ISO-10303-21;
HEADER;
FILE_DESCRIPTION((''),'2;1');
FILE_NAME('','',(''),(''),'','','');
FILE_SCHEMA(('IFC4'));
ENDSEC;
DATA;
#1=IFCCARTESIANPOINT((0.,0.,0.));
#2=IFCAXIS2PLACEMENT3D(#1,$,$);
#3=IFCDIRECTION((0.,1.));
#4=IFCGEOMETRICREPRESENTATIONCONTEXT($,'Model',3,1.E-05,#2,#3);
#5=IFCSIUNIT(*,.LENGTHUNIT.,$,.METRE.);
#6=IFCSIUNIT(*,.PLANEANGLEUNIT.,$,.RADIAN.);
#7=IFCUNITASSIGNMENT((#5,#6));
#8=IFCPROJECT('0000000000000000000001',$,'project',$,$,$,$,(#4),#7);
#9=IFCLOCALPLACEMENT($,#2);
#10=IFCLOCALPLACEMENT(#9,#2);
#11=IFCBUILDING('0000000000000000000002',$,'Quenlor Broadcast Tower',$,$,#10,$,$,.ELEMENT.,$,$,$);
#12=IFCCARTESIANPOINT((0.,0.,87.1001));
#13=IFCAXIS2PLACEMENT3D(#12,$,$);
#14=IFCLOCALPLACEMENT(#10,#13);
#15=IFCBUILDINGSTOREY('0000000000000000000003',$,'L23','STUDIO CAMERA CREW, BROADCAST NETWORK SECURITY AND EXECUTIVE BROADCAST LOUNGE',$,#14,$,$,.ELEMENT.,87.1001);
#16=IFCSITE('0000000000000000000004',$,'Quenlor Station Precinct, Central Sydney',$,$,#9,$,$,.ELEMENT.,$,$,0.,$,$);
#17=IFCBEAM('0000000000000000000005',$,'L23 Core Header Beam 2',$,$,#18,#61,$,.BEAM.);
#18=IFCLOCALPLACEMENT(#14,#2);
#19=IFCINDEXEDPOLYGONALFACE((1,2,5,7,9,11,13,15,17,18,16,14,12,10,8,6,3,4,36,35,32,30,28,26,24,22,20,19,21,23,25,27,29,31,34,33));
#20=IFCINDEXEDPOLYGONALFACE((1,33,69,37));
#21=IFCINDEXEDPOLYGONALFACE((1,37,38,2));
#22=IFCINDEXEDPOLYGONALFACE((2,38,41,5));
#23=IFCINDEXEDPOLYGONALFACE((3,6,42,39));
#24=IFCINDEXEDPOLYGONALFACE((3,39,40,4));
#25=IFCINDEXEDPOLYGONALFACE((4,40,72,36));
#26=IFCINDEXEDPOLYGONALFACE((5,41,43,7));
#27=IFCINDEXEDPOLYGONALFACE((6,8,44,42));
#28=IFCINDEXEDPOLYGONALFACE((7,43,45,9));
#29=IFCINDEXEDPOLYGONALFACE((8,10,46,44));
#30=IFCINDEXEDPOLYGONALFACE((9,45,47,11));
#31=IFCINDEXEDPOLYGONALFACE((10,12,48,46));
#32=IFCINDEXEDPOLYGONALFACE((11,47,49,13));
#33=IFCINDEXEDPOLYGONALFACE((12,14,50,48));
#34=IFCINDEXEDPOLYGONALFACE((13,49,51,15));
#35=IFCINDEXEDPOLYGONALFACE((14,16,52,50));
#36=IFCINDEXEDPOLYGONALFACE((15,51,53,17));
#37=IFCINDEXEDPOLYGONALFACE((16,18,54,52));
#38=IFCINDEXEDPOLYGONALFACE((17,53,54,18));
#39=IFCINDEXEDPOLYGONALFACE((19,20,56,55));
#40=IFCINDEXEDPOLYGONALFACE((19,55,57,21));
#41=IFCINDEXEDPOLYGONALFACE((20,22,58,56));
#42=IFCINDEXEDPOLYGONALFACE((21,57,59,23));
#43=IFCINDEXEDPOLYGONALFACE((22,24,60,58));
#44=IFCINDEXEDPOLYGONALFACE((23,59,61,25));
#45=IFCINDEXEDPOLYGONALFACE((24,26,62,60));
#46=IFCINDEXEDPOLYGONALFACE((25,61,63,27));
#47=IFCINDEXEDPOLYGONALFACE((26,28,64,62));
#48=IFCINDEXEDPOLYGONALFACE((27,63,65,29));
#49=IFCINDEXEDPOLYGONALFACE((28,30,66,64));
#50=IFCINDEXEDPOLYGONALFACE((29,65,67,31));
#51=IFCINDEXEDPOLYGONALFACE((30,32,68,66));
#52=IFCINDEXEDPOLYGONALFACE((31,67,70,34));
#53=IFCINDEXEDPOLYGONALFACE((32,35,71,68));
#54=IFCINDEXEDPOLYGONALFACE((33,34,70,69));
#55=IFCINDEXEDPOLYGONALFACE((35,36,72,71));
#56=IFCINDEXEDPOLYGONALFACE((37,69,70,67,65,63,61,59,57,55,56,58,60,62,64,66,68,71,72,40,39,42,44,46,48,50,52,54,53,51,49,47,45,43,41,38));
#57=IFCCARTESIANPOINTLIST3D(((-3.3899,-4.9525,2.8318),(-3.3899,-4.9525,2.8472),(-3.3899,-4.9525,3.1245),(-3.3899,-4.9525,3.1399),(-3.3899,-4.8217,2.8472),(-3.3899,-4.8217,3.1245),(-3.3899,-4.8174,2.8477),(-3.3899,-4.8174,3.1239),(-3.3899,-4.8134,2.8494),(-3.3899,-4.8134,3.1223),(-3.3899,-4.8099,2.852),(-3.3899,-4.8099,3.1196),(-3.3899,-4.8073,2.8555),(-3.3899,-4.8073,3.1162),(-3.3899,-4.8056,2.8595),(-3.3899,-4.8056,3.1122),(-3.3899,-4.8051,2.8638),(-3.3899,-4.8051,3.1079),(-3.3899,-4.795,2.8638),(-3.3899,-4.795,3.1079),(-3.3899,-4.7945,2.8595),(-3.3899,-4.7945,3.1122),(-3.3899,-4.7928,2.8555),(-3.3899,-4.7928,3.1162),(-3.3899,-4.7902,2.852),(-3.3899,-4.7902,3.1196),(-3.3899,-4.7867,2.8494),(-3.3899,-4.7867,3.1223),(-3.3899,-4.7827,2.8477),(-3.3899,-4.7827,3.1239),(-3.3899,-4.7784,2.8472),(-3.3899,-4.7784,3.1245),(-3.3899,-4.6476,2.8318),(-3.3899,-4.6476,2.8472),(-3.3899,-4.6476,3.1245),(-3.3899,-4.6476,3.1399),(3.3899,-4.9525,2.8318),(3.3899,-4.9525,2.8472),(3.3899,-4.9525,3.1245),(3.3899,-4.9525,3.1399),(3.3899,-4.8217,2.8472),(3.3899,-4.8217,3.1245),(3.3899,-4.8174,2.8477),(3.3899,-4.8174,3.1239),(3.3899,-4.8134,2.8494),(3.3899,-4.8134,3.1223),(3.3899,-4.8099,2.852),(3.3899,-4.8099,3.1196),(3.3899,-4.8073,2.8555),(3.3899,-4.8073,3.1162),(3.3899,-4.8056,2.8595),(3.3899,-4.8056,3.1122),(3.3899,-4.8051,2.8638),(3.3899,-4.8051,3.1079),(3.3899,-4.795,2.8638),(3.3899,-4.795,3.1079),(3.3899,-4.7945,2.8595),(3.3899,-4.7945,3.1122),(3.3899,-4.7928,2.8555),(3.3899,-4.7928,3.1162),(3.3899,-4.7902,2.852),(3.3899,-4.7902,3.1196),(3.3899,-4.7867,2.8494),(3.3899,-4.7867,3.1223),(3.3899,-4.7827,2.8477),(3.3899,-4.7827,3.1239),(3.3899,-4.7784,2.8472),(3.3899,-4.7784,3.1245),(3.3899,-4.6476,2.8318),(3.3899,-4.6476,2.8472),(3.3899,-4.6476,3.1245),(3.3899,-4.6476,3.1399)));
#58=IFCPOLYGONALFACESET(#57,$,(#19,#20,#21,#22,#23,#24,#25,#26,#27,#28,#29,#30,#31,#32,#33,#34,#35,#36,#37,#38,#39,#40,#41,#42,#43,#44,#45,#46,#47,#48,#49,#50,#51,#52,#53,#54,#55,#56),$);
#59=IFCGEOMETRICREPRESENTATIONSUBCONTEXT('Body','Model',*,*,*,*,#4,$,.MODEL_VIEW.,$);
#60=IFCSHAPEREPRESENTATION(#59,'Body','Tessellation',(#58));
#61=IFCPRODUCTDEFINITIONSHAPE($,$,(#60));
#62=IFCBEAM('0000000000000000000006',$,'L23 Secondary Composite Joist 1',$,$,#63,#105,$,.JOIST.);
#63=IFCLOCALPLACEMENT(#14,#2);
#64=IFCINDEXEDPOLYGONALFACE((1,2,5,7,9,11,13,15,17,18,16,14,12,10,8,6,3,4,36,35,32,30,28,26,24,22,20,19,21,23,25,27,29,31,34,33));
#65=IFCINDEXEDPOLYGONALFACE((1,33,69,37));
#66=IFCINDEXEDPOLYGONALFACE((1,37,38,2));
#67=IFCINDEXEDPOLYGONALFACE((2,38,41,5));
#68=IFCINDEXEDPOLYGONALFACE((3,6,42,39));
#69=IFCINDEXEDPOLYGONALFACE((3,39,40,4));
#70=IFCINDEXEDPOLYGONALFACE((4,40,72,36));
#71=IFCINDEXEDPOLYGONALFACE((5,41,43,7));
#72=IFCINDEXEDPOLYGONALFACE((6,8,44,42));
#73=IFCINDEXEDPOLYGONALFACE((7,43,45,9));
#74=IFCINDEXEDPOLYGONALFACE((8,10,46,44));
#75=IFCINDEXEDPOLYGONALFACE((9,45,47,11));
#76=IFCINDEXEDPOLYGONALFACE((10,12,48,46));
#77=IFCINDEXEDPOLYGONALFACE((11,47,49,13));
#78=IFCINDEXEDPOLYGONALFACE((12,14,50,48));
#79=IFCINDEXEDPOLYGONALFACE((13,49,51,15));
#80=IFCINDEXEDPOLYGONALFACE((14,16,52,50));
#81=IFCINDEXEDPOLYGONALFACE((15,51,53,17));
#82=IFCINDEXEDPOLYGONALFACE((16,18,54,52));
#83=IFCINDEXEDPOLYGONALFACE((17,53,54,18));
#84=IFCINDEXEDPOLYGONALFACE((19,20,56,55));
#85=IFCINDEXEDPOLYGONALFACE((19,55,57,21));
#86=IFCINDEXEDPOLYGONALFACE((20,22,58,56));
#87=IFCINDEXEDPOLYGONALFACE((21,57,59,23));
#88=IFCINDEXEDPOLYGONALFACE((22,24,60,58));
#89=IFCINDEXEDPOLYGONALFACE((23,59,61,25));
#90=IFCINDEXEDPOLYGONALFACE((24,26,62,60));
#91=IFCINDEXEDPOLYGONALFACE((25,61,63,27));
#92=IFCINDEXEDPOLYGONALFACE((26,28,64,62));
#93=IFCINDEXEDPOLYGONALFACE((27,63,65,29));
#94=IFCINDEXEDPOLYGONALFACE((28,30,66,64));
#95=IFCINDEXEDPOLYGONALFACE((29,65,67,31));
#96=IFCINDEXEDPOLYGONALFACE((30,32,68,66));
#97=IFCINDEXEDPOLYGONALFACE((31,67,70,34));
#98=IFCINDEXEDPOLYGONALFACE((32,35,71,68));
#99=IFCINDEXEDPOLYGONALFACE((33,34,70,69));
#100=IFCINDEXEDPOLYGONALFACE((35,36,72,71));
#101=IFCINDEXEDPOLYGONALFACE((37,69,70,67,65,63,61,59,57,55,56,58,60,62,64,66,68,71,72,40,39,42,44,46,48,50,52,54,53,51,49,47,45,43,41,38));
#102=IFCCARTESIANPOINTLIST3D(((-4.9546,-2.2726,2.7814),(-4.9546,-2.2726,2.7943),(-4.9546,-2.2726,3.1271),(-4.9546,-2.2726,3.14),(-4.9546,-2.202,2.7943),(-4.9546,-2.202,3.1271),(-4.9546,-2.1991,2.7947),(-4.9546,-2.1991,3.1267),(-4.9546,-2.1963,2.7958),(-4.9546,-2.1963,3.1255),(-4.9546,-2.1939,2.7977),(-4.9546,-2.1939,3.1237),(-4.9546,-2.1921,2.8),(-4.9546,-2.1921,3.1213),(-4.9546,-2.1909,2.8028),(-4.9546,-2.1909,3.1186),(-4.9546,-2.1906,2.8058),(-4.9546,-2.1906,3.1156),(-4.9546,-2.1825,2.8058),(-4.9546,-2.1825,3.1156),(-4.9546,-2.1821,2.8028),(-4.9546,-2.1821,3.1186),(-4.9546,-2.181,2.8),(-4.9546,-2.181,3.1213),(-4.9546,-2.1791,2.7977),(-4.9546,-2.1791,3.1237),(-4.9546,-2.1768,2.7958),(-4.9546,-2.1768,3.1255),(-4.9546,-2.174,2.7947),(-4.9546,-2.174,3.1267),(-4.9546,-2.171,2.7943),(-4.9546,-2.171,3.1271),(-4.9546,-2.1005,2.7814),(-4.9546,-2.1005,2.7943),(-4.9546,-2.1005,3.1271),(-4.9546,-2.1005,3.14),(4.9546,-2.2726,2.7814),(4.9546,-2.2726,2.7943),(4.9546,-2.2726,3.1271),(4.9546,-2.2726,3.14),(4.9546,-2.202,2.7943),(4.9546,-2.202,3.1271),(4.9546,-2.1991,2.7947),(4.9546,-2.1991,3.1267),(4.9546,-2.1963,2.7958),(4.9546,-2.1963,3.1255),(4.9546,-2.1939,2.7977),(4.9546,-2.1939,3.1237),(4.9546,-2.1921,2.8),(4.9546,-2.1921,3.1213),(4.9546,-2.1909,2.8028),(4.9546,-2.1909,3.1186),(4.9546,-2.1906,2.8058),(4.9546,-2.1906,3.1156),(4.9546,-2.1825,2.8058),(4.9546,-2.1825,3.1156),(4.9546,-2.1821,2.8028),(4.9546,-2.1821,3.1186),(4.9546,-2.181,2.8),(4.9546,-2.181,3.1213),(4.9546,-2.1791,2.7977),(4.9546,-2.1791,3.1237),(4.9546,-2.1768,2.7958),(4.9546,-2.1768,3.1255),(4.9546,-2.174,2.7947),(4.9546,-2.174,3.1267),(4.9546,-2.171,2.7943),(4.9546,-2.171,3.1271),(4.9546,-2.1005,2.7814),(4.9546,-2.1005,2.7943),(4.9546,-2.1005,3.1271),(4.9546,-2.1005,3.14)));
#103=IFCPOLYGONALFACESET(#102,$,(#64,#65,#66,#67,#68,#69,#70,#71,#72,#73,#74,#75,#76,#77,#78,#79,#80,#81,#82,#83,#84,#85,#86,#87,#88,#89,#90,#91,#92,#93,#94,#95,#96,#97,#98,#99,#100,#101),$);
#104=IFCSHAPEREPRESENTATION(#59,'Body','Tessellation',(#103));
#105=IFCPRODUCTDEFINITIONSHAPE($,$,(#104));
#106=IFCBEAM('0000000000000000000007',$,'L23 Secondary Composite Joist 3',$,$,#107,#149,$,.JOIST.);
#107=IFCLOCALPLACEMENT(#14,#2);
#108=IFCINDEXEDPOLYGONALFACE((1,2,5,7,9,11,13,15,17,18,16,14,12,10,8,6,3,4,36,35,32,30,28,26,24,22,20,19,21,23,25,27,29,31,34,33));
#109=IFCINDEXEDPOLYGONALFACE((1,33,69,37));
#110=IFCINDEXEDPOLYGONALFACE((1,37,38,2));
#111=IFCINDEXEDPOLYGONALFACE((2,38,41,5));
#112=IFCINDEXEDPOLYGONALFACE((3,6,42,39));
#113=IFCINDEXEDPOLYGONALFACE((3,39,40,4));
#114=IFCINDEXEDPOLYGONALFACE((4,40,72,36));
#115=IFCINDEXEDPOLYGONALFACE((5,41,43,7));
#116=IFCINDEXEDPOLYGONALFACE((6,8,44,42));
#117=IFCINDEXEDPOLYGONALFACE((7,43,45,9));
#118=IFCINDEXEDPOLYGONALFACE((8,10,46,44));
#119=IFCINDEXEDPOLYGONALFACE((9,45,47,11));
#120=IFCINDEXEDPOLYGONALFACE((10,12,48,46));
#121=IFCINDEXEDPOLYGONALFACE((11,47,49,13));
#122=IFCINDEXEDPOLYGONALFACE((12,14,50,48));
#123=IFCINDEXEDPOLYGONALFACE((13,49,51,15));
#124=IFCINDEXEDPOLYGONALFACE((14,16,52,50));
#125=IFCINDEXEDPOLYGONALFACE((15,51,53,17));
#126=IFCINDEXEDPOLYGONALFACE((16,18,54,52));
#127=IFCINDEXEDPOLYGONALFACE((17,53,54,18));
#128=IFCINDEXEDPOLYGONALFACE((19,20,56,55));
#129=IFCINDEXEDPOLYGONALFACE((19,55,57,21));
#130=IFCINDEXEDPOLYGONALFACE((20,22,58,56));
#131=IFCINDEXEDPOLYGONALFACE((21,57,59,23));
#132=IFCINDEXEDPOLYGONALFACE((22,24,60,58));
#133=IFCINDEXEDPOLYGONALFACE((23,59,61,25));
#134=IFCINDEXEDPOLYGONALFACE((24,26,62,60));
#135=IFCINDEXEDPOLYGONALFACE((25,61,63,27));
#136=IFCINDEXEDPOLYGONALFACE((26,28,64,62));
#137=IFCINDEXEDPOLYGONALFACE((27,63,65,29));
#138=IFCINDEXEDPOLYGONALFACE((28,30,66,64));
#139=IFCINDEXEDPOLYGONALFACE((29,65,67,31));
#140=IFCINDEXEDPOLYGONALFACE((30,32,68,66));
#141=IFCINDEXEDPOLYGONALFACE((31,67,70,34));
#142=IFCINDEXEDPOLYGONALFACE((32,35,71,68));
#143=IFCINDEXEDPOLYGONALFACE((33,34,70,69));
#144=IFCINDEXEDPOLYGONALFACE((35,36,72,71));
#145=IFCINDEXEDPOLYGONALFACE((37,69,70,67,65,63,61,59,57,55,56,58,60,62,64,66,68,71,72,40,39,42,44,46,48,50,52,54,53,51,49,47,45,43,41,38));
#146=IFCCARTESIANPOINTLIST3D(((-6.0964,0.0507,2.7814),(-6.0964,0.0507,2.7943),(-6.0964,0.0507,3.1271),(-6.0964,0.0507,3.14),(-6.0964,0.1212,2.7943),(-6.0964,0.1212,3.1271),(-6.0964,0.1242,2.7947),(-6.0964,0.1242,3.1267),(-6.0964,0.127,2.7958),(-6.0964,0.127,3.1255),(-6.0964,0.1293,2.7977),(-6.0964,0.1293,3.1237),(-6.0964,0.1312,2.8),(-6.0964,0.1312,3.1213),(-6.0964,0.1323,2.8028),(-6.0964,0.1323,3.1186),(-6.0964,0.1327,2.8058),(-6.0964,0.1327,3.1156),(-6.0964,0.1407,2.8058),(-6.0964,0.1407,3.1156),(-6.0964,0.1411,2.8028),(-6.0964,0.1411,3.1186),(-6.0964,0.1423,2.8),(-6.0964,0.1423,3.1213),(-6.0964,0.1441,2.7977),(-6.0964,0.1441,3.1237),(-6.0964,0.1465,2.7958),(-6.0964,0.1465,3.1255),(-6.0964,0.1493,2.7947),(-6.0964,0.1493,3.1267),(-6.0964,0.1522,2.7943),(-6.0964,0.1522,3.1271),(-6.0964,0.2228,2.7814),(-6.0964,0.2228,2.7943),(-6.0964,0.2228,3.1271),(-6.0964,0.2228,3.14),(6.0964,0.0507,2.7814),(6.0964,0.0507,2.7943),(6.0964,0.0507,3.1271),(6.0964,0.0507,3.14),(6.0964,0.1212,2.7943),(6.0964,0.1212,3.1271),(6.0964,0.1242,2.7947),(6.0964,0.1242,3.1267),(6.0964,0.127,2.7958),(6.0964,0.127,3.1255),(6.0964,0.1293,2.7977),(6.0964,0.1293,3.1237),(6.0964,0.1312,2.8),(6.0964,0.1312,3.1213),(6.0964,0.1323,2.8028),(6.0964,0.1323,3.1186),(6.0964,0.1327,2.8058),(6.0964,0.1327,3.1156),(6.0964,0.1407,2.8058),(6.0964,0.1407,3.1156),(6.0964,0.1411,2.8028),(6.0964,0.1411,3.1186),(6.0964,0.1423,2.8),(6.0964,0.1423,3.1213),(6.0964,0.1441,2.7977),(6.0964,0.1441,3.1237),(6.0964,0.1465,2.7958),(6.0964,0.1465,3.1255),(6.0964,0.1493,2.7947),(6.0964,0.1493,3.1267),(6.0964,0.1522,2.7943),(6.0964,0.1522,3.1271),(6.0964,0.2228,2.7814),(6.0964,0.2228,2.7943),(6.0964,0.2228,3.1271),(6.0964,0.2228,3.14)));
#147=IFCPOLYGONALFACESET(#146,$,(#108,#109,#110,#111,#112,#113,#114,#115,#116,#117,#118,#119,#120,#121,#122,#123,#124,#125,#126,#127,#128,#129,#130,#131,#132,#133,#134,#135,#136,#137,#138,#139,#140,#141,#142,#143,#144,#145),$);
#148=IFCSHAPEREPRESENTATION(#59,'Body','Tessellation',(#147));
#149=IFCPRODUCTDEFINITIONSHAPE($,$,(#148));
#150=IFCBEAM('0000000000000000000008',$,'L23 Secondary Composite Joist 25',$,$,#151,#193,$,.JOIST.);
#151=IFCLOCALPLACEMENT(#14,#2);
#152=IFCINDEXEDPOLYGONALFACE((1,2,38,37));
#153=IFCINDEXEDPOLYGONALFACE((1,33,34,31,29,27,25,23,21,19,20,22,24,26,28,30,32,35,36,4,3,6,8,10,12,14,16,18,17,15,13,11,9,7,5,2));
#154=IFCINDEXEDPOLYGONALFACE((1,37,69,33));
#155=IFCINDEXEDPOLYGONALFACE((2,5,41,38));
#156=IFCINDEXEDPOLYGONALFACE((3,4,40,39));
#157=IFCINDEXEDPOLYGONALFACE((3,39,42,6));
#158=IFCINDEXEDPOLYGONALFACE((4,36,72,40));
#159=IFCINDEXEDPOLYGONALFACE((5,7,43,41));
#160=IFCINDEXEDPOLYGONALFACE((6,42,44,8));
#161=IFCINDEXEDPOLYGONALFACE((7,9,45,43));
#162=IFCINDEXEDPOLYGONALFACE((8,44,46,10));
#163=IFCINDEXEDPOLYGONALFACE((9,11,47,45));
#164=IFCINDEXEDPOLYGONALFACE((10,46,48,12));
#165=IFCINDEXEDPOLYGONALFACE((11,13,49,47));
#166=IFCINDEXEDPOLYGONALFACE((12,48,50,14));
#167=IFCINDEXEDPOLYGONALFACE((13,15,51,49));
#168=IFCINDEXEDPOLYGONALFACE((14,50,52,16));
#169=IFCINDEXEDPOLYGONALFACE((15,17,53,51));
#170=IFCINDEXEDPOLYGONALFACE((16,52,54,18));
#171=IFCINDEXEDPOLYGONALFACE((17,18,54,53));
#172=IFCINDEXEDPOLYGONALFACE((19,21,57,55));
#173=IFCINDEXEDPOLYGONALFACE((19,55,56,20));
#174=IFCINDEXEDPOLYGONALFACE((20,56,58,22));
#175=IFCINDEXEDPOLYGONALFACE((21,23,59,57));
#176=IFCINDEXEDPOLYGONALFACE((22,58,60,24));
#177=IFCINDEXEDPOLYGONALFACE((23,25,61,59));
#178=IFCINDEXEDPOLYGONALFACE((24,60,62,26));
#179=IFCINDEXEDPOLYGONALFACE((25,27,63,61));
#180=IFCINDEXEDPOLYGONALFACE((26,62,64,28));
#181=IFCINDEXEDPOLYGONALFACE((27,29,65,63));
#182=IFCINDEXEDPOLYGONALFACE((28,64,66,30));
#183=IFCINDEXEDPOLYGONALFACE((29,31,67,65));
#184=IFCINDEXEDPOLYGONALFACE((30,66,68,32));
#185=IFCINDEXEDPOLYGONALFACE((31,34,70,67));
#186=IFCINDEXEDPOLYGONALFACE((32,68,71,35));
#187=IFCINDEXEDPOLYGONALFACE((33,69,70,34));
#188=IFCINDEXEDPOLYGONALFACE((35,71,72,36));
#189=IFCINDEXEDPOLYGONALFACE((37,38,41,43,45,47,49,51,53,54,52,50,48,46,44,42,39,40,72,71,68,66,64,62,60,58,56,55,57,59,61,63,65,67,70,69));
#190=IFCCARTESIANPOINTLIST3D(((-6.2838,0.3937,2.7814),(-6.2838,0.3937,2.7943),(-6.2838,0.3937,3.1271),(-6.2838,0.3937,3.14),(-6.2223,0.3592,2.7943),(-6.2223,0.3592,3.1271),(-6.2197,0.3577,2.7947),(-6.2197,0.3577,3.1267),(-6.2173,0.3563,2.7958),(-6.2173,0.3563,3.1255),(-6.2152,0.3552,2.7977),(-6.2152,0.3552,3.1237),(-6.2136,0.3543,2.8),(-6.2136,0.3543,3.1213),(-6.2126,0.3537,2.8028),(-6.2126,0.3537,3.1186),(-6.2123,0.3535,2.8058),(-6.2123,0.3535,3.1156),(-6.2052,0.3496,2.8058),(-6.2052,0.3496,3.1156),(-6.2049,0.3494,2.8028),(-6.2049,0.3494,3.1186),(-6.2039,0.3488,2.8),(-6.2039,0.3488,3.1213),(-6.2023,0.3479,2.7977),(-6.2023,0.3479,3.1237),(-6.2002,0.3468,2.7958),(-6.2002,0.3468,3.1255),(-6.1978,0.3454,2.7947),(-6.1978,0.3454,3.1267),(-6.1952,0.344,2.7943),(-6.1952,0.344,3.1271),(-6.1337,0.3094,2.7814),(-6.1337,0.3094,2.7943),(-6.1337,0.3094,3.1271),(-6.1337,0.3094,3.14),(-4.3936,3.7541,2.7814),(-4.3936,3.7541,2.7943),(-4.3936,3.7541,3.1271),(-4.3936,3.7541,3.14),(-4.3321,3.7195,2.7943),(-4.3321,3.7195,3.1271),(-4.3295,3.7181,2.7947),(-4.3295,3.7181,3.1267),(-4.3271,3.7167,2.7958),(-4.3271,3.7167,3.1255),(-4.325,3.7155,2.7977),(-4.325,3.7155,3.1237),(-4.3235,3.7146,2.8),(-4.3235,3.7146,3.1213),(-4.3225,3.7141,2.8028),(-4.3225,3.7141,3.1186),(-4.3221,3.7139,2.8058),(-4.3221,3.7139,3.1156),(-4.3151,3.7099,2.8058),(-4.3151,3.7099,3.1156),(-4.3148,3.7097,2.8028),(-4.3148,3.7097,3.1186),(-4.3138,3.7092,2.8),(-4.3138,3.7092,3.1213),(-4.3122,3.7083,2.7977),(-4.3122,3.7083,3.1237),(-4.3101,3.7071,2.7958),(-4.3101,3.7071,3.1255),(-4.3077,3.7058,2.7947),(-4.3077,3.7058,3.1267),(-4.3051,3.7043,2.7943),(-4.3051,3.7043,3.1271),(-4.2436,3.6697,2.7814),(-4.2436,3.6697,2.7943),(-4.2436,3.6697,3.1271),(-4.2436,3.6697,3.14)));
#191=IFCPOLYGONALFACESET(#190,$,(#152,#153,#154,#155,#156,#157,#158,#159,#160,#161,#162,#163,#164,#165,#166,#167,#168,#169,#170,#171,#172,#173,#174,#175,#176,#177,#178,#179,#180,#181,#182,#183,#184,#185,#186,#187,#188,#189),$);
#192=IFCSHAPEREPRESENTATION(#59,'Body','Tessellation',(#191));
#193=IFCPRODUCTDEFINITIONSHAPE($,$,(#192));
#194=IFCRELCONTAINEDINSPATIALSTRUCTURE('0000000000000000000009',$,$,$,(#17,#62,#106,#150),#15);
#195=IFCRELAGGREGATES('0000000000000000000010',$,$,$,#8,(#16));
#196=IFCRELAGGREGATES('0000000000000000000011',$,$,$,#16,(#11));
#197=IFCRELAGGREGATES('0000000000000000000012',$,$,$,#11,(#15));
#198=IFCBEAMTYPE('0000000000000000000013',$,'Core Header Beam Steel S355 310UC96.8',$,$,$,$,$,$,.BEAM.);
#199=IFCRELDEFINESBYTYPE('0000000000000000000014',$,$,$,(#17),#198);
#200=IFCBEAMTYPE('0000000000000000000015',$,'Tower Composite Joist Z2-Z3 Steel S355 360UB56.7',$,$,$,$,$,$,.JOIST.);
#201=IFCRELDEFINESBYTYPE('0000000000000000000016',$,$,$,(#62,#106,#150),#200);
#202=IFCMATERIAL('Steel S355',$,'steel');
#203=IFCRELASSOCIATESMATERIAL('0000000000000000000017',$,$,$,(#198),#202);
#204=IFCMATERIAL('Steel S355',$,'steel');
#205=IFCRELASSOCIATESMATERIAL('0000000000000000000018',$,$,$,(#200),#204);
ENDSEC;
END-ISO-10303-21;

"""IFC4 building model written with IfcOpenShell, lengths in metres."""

from ifc_helpers import new_model, si_unit, direction, frame, origin, origin_2d, place, context, subcontext, project, spatial, i_section, extrude, material, material_profile, profile_set, type_object, element, save


model = new_model("IFC4")

# Units and contexts
model_context = context("Model", 3, precision=1e-05, world=origin(), true_north=direction((0.0, 1.0)))
body_context = subcontext(model_context, "Body", "Model", "MODEL_VIEW")
ifc_project = project(units=[si_unit("LENGTHUNIT", "METRE"), si_unit("PLANEANGLEUNIT", "RADIAN")], contexts=[model_context])

# Site, building, storey
site_placement = place(None, origin())
site = spatial("IfcSite", under=ifc_project, at=site_placement, Name="Quenlor Station Precinct, Central Sydney", CompositionType="ELEMENT", RefElevation=0.0)
building_placement = place(site_placement, origin())
building = spatial("IfcBuilding", under=site, at=building_placement, Name="Quenlor Broadcast Tower", CompositionType="ELEMENT")
storey_placement = place(building_placement, frame((0.0, 0.0, 87.1001)))
storey = spatial("IfcBuildingStorey", under=building, at=storey_placement, Name="L23", Description="STUDIO CAMERA CREW, BROADCAST NETWORK SECURITY AND EXECUTIVE BROADCAST LOUNGE", CompositionType="ELEMENT", Elevation=87.1001)

# Beams
ifc_material_1 = material(Name="Steel S355", Category="steel")
ifc_material_profile_1 = material_profile(ifc_material_1, i_section(OverallWidth=0.3049, OverallDepth=0.3081, WebThickness=0.01, FlangeThickness=0.0154, FilletRadius=0.0166, at=origin_2d()))
ifc_profile_set_1 = profile_set([ifc_material_profile_1], Name="Steel S355 310UC96.8")
beam_type_1 = type_object("IfcBeamType", Name="Core Header Beam Steel S355 310UC96.8", PredefinedType="BEAM", material=ifc_profile_set_1)
beam_1_placement = place(storey_placement, frame((-3.3899, -4.8, 2.9858), z_axis=(1.0, 0.0, 0.0), x_axis=(0.0, 1.0, 0.0)))
element("IfcBeam", 1, at=beam_1_placement, inside=storey, type_object=beam_type_1, Name="L23 Core Header Beam 2", PredefinedType="BEAM", context=body_context, shape_type="SweptSolid", body=[
    extrude(i_section(OverallWidth=0.3049, OverallDepth=0.3081, WebThickness=0.01, FlangeThickness=0.0154, FilletRadius=0.0166, at=origin_2d()), origin(), (0.0, 0.0, 1.0), 6.7798),
])
ifc_material_2 = material(Name="Steel S355", Category="steel")
ifc_material_profile_2 = material_profile(ifc_material_2, i_section(OverallWidth=0.1721, OverallDepth=0.3586, WebThickness=0.0081, FlangeThickness=0.0129, FilletRadius=0.0115, at=origin_2d()))
ifc_profile_set_2 = profile_set([ifc_material_profile_2], Name="Steel S355 360UB56.7")
beam_type_2 = type_object("IfcBeamType", Name="Tower Composite Joist Z2-Z3 Steel S355 360UB56.7", PredefinedType="JOIST", material=ifc_profile_set_2)
beam_2_placement = place(storey_placement, frame((-4.9546, -2.1865, 2.9607), z_axis=(1.0, 0.0, 0.0), x_axis=(0.0, 1.0, 0.0)))
element("IfcBeam", 2, at=beam_2_placement, inside=storey, type_object=beam_type_2, Name="L23 Secondary Composite Joist 1", PredefinedType="JOIST", context=body_context, shape_type="SweptSolid", body=[
    extrude(i_section(OverallWidth=0.1721, OverallDepth=0.3586, WebThickness=0.0081, FlangeThickness=0.0129, FilletRadius=0.0115, at=origin_2d()), origin(), (0.0, 0.0, 1.0), 9.9092),
])
beam_3_placement = place(storey_placement, frame((-6.0964, 0.1367, 2.9607), z_axis=(1.0, 0.0, 0.0), x_axis=(0.0, 1.0, 0.0)))
element("IfcBeam", 3, at=beam_3_placement, inside=storey, type_object=beam_type_2, Name="L23 Secondary Composite Joist 3", PredefinedType="JOIST", context=body_context, shape_type="SweptSolid", body=[
    extrude(i_section(OverallWidth=0.1721, OverallDepth=0.3586, WebThickness=0.0081, FlangeThickness=0.0129, FilletRadius=0.0115, at=origin_2d()), origin(), (0.0, 0.0, 1.0), 12.1929),
])
beam_4_placement = place(storey_placement, frame((-4.3186, 3.7119, 2.9607), z_axis=(-0.490249, -0.871582, 0.0), x_axis=(0.871582, -0.490249, 0.0)))
element("IfcBeam", 4, at=beam_4_placement, inside=storey, type_object=beam_type_2, Name="L23 Secondary Composite Joist 25", PredefinedType="JOIST", context=body_context, shape_type="SweptSolid", body=[
    extrude(i_section(OverallWidth=0.1721, OverallDepth=0.3586, WebThickness=0.0081, FlangeThickness=0.0129, FilletRadius=0.0115, at=origin_2d()), origin(), (0.0, 0.0, 1.0), 3.8555),
])

save(model, "model.ifc")
